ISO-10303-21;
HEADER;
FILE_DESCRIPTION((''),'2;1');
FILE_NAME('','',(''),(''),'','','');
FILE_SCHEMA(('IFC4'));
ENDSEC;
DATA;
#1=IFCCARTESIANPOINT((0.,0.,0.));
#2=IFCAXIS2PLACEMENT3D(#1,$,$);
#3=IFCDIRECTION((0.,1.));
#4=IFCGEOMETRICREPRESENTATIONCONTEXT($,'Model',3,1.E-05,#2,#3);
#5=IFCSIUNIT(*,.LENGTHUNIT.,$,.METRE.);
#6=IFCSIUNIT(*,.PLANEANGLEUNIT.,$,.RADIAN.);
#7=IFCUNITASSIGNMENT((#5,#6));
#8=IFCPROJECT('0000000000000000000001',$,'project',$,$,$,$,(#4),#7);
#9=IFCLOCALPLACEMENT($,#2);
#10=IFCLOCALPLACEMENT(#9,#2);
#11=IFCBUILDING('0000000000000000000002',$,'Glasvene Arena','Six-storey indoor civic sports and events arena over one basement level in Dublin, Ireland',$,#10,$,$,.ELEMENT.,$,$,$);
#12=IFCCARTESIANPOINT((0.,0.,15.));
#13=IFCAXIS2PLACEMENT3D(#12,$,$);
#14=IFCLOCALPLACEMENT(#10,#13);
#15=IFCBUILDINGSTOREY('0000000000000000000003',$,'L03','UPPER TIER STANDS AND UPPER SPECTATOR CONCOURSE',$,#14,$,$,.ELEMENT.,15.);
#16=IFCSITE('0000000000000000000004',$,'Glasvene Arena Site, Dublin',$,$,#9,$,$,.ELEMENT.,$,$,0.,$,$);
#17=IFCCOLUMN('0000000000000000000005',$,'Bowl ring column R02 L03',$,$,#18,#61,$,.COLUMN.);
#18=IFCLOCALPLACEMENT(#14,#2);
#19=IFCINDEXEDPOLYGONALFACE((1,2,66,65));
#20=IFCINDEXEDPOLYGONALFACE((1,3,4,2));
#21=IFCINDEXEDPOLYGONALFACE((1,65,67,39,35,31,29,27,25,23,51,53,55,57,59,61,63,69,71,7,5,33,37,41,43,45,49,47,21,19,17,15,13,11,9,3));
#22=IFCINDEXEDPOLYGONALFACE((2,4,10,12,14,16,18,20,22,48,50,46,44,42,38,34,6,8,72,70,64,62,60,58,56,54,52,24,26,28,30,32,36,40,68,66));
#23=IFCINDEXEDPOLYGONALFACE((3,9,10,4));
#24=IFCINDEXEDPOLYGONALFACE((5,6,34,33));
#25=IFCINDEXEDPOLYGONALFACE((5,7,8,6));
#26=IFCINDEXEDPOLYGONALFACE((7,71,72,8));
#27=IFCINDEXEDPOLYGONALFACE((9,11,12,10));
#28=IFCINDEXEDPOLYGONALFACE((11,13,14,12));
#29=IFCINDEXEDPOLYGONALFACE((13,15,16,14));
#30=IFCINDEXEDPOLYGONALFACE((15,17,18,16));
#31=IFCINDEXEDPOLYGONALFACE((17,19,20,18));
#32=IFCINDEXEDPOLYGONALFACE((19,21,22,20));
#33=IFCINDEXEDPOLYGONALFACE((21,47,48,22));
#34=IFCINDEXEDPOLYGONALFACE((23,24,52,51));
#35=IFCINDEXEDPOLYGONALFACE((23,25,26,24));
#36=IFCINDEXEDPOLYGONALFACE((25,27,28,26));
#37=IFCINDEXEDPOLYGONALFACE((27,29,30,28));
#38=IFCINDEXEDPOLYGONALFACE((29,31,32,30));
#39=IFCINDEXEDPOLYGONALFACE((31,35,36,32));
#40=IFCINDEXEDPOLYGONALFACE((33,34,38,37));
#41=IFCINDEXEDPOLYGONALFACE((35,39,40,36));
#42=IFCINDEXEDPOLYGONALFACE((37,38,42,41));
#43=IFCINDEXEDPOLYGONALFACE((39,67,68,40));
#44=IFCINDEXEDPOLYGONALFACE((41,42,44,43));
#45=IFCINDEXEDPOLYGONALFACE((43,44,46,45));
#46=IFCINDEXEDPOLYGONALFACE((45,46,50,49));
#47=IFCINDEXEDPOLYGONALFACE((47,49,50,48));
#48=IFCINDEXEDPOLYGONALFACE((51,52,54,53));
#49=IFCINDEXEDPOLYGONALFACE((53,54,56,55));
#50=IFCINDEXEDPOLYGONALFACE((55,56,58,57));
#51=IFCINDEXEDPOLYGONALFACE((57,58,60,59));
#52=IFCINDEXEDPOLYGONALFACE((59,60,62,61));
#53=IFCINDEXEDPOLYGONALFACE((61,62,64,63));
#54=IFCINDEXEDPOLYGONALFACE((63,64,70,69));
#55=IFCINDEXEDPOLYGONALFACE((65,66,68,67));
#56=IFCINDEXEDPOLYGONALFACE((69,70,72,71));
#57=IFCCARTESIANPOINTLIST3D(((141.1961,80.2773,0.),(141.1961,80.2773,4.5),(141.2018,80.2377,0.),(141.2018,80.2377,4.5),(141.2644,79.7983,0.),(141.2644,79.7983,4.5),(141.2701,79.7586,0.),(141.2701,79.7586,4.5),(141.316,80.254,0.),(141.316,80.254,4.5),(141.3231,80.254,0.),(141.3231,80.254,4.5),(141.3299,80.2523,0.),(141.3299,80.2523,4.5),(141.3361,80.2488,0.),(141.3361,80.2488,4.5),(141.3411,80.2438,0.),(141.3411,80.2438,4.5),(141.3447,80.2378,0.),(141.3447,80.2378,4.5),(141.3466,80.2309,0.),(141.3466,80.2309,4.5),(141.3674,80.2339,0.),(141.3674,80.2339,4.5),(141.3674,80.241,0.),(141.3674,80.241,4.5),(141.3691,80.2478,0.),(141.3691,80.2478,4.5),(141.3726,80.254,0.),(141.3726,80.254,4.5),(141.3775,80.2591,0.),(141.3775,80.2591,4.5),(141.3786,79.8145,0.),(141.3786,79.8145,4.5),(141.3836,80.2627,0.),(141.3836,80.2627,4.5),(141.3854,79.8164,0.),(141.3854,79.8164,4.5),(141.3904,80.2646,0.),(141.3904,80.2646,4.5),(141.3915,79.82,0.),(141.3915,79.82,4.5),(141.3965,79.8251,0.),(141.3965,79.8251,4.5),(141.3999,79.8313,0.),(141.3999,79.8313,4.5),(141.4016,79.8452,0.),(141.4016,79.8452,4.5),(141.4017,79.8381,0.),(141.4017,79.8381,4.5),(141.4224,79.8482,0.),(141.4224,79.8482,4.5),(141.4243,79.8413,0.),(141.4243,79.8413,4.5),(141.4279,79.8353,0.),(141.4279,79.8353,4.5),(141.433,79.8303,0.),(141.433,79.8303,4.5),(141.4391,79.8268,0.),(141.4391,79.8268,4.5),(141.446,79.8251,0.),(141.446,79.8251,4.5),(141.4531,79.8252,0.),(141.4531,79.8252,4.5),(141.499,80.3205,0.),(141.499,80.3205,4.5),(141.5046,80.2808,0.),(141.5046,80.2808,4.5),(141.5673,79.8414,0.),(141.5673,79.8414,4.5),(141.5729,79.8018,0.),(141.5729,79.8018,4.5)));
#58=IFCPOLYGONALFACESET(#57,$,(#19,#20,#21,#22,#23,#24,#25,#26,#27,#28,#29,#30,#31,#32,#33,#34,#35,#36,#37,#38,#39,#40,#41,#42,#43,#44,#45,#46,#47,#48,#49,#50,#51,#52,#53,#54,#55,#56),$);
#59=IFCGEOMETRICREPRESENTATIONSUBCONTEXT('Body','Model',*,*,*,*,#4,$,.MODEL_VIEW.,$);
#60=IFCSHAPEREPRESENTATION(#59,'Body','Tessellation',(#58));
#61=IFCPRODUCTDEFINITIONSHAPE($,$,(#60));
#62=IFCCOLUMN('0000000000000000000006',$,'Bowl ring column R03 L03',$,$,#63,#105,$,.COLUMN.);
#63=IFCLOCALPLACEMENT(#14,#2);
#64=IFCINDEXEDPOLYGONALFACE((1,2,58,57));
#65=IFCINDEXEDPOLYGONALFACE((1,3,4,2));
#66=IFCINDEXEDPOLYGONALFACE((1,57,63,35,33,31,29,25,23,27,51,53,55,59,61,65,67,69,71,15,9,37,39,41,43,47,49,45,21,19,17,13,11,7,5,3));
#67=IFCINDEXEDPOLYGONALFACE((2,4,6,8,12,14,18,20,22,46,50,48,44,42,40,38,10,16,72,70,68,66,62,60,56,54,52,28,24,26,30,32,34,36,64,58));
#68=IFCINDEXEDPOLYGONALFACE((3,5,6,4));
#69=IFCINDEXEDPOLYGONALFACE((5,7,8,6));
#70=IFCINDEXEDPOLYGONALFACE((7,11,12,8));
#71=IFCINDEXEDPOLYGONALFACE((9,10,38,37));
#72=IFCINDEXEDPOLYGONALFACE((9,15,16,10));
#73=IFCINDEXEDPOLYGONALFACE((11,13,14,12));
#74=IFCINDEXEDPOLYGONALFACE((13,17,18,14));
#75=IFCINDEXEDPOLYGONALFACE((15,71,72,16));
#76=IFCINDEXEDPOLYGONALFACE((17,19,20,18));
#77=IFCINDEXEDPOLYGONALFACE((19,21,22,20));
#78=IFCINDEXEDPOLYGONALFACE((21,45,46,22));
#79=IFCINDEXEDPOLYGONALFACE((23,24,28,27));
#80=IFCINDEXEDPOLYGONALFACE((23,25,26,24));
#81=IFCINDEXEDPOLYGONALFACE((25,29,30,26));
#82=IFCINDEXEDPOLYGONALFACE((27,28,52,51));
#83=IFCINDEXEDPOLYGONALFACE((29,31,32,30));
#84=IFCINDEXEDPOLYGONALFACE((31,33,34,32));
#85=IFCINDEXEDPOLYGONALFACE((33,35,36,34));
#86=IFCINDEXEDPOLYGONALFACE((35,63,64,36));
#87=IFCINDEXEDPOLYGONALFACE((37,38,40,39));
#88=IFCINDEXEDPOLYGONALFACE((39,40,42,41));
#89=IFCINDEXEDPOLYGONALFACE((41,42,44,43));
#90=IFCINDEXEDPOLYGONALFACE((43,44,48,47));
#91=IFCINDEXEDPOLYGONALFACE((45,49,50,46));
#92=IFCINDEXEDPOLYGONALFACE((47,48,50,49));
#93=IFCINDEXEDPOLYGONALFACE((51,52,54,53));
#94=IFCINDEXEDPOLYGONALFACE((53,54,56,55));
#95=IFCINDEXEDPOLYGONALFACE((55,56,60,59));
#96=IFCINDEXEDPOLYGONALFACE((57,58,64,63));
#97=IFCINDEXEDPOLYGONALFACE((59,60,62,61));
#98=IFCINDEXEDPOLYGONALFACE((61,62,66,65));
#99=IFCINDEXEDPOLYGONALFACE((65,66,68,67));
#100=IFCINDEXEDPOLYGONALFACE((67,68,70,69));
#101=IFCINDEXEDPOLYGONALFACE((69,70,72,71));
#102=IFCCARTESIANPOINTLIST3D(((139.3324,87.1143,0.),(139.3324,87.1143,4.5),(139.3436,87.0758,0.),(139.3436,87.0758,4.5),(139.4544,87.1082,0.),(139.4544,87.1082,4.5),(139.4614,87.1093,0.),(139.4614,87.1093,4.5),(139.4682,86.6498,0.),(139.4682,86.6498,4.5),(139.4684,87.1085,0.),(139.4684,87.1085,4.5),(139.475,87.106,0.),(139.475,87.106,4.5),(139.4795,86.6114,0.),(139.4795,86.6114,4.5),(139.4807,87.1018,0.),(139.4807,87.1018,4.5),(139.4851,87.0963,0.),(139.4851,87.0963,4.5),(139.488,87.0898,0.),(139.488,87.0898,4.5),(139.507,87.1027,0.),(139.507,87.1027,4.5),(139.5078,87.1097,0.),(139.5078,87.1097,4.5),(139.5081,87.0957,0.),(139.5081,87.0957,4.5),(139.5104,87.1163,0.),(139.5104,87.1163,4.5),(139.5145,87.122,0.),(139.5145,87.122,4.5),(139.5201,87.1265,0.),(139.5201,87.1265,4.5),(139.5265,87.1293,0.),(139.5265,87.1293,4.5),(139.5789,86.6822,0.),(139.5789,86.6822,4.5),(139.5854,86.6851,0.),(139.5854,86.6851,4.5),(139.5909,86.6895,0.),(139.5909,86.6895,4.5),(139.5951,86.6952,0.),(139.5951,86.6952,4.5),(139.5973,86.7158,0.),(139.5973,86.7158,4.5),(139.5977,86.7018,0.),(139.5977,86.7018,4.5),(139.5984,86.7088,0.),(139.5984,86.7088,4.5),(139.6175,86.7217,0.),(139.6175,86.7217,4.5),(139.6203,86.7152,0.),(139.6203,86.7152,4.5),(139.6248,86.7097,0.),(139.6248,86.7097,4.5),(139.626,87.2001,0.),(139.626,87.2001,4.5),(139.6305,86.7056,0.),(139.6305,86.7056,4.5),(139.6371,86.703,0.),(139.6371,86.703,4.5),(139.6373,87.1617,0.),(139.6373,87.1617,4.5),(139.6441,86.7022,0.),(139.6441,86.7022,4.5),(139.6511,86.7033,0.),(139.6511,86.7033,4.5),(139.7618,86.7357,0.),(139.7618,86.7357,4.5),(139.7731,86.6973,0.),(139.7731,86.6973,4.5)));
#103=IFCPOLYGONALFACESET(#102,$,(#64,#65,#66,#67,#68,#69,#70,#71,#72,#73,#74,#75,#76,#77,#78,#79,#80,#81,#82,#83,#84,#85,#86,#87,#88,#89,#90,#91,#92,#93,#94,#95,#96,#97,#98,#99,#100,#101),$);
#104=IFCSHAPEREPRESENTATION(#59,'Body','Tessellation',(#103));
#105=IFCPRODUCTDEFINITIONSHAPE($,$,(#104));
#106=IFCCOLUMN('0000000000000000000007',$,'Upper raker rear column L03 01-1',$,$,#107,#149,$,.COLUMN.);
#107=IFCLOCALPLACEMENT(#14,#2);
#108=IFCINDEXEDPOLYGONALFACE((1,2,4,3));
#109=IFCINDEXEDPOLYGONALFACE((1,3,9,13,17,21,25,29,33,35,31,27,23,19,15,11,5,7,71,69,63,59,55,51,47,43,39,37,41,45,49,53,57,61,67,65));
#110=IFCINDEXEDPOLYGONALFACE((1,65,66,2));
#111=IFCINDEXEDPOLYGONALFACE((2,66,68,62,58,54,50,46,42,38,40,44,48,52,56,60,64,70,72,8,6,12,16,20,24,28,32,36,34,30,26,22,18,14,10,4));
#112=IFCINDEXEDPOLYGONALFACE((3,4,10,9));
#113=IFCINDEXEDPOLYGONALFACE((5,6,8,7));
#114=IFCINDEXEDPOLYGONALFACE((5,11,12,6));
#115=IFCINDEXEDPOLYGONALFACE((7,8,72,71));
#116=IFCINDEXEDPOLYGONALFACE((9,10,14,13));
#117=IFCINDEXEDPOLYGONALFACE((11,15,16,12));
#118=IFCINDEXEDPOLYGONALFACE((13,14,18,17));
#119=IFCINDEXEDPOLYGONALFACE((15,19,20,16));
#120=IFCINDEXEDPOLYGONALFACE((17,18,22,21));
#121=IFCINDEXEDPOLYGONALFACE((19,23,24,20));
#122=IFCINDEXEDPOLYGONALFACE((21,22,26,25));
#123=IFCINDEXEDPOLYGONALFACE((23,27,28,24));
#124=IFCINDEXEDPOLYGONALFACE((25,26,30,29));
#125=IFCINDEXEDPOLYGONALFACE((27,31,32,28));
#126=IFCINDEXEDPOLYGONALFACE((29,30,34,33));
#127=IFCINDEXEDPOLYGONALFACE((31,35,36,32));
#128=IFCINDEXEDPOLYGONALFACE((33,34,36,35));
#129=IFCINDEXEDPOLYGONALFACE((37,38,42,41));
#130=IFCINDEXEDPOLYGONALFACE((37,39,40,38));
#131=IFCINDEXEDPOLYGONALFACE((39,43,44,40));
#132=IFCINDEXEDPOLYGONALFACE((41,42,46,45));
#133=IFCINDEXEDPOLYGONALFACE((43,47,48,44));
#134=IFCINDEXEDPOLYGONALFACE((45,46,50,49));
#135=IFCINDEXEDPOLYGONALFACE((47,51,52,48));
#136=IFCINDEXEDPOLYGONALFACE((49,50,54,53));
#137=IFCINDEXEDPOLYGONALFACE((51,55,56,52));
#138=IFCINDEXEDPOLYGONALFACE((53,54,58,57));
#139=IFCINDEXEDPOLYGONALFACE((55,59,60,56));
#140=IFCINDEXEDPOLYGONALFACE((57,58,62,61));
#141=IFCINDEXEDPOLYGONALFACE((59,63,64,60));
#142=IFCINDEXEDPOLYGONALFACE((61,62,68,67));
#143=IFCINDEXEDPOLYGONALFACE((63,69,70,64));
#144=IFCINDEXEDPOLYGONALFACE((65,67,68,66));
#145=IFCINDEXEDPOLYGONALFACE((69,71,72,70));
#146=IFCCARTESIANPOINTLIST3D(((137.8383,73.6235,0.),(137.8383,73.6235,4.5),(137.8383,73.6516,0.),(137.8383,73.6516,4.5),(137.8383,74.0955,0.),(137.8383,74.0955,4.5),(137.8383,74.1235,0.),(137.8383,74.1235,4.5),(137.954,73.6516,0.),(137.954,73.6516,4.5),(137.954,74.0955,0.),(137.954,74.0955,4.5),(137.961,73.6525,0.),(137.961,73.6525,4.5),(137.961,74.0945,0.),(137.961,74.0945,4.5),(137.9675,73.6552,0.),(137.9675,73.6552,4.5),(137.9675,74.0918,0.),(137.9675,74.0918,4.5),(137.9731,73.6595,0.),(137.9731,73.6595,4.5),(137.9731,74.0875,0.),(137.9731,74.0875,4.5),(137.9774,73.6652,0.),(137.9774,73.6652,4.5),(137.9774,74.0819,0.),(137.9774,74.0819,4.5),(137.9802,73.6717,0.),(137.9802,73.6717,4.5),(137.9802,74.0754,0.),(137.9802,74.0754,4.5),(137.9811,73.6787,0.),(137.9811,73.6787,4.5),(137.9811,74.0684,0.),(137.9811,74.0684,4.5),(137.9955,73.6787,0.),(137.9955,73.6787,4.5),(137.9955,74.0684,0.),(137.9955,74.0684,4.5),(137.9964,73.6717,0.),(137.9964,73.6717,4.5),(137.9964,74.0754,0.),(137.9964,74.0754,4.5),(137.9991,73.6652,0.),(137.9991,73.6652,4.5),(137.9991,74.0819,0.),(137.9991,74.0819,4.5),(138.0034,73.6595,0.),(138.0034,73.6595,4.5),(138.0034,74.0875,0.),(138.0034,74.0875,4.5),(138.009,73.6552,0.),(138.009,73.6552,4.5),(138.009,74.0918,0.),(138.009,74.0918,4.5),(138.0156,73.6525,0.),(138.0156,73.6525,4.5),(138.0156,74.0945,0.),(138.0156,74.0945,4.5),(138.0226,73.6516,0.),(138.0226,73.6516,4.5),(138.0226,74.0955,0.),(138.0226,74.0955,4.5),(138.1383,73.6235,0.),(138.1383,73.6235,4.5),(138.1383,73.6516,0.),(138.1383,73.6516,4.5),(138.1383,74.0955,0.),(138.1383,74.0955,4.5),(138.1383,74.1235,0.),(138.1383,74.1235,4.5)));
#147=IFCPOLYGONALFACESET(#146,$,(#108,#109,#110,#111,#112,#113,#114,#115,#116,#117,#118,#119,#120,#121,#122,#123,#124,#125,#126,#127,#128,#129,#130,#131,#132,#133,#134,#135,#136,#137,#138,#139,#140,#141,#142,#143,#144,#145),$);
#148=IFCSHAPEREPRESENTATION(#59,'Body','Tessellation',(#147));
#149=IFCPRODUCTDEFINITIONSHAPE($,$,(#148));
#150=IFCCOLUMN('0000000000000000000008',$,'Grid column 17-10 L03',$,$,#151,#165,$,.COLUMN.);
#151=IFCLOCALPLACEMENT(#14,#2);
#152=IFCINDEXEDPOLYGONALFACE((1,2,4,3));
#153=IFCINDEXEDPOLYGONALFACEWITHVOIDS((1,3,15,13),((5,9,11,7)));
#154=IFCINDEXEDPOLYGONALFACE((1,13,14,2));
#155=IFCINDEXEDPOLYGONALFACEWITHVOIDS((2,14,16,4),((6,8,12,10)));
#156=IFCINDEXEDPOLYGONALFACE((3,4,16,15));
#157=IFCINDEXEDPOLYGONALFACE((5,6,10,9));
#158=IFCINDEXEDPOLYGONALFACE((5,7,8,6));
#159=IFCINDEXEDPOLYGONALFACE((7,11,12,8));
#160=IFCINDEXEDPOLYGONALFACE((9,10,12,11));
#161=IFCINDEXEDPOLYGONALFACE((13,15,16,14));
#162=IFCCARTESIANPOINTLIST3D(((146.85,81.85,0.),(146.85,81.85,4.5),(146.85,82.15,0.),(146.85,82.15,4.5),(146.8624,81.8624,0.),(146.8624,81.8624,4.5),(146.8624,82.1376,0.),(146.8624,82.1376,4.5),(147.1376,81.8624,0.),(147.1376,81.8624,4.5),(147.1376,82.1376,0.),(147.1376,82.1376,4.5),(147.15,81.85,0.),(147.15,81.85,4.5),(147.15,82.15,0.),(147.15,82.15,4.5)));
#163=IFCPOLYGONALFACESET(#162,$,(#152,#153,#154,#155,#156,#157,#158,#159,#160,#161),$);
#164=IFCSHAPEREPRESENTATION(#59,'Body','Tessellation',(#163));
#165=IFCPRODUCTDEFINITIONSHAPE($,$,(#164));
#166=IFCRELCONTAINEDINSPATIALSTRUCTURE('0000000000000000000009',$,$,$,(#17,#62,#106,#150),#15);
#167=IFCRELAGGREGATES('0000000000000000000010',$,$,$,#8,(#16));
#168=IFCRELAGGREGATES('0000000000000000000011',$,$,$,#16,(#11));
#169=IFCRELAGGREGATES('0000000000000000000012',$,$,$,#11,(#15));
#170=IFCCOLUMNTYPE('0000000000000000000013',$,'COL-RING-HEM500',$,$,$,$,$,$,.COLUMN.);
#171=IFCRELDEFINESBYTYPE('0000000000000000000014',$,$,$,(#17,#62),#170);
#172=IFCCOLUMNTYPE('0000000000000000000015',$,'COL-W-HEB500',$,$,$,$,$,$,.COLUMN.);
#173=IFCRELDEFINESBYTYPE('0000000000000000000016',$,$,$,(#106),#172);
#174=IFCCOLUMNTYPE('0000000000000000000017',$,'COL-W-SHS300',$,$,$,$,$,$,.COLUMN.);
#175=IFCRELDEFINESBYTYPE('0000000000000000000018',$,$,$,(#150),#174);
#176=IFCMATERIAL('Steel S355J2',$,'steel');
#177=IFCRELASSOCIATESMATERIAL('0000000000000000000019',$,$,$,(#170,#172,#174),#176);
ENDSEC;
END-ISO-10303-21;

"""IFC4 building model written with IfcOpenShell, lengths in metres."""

from ifc_helpers import new_model, si_unit, direction, frame, origin, origin_2d, place, context, subcontext, project, spatial, hollow_rectangle, i_section, extrude, material, material_profile, profile_set, type_object, element, save


model = new_model("IFC4")

# Units and contexts
model_context = context("Model", 3, precision=1e-05, world=origin(), true_north=direction((0.0, 1.0)))
body_context = subcontext(model_context, "Body", "Model", "MODEL_VIEW")
ifc_project = project(units=[si_unit("LENGTHUNIT", "METRE"), si_unit("PLANEANGLEUNIT", "RADIAN")], contexts=[model_context])

# Site, building, storey
site_placement = place(None, origin())
site = spatial("IfcSite", under=ifc_project, at=site_placement, Name="Glasvene Arena Site, Dublin", CompositionType="ELEMENT", RefElevation=0.0)
building_placement = place(site_placement, origin())
building = spatial("IfcBuilding", under=site, at=building_placement, Name="Glasvene Arena", Description="Six-storey indoor civic sports and events arena over one basement level in Dublin, Ireland", CompositionType="ELEMENT")
storey_placement = place(building_placement, frame((0.0, 0.0, 15.0)))
storey = spatial("IfcBuildingStorey", under=building, at=storey_placement, Name="L03", Description="UPPER TIER STANDS AND UPPER SPECTATOR CONCOURSE", CompositionType="ELEMENT", Elevation=15.0)

# Columns
ifc_material_1 = material(Name="Steel S355J2", Category="steel")
ifc_material_profile_1 = material_profile(ifc_material_1, i_section(OverallWidth=0.3059, OverallDepth=0.5239, WebThickness=0.021, FlangeThickness=0.04, FilletRadius=0.0271, at=origin_2d()), Name="HEM 500")
ifc_profile_set_1 = profile_set([ifc_material_profile_1], Name="Steel S355J2")
column_type_1 = type_object("IfcColumnType", Name="COL-RING-HEM500", PredefinedType="COLUMN", material=ifc_profile_set_1)
for number, where, z_axis, x_axis, name in (
    (1, (141.3845, 80.0396, 0.0), (0.0, 0.0, 1.0), (0.989999, 0.141074, 0.0), "Bowl ring column R02 L03"),
    (2, (139.5527, 86.9058, 0.0), (0.0, 0.0, 1.0), (0.959805, 0.280667, 0.0), "Bowl ring column R03 L03"),
):
    element("IfcColumn", number, at=place(storey_placement, frame(where, z_axis=z_axis, x_axis=x_axis)), inside=storey, type_object=column_type_1, Name=name, PredefinedType="COLUMN", context=body_context, shape_type="SweptSolid", body=[
        extrude(i_section(OverallWidth=0.3059, OverallDepth=0.5239, WebThickness=0.021, FlangeThickness=0.04, FilletRadius=0.0271, at=origin_2d()), origin(), (0.0, 0.0, 1.0), 4.5),
    ])
ifc_material_profile_2 = material_profile(ifc_material_1, i_section(OverallWidth=0.3, OverallDepth=0.5, WebThickness=0.0144, FlangeThickness=0.0281, FilletRadius=0.0271, at=origin_2d()), Name="HEB 500")
ifc_profile_set_2 = profile_set([ifc_material_profile_2], Name="Steel S355J2")
column_type_2 = type_object("IfcColumnType", Name="COL-W-HEB500", PredefinedType="COLUMN", material=ifc_profile_set_2)
column_1_placement = place(storey_placement, frame((137.9883, 73.8735, 0.0), z_axis=(0.0, 0.0, 1.0), x_axis=(1.0, 0.0, 0.0)))
element("IfcColumn", 3, at=column_1_placement, inside=storey, type_object=column_type_2, Name="Upper raker rear column L03 01-1", PredefinedType="COLUMN", context=body_context, shape_type="SweptSolid", body=[
    extrude(i_section(OverallWidth=0.3, OverallDepth=0.5, WebThickness=0.0144, FlangeThickness=0.0281, FilletRadius=0.0271, at=origin_2d()), origin(), (0.0, 0.0, 1.0), 4.5),
])
ifc_material_profile_3 = material_profile(ifc_material_1, hollow_rectangle(XDim=0.3, YDim=0.3, WallThickness=0.0125, at=origin_2d()), Name="SHS 300x300x12.5")
ifc_profile_set_3 = profile_set([ifc_material_profile_3], Name="Steel S355J2")
column_type_3 = type_object("IfcColumnType", Name="COL-W-SHS300", PredefinedType="COLUMN", material=ifc_profile_set_3)
column_2_placement = place(storey_placement, frame((147.0, 82.0, 0.0), z_axis=(0.0, 0.0, 1.0), x_axis=(1.0, 0.0, 0.0)))
element("IfcColumn", 4, at=column_2_placement, inside=storey, type_object=column_type_3, Name="Grid column 17-10 L03", PredefinedType="COLUMN", context=body_context, shape_type="SweptSolid", body=[
    extrude(hollow_rectangle(XDim=0.3, YDim=0.3, WallThickness=0.0125, at=origin_2d()), origin(), (0.0, 0.0, 1.0), 4.5),
])

save(model, "model.ifc")
